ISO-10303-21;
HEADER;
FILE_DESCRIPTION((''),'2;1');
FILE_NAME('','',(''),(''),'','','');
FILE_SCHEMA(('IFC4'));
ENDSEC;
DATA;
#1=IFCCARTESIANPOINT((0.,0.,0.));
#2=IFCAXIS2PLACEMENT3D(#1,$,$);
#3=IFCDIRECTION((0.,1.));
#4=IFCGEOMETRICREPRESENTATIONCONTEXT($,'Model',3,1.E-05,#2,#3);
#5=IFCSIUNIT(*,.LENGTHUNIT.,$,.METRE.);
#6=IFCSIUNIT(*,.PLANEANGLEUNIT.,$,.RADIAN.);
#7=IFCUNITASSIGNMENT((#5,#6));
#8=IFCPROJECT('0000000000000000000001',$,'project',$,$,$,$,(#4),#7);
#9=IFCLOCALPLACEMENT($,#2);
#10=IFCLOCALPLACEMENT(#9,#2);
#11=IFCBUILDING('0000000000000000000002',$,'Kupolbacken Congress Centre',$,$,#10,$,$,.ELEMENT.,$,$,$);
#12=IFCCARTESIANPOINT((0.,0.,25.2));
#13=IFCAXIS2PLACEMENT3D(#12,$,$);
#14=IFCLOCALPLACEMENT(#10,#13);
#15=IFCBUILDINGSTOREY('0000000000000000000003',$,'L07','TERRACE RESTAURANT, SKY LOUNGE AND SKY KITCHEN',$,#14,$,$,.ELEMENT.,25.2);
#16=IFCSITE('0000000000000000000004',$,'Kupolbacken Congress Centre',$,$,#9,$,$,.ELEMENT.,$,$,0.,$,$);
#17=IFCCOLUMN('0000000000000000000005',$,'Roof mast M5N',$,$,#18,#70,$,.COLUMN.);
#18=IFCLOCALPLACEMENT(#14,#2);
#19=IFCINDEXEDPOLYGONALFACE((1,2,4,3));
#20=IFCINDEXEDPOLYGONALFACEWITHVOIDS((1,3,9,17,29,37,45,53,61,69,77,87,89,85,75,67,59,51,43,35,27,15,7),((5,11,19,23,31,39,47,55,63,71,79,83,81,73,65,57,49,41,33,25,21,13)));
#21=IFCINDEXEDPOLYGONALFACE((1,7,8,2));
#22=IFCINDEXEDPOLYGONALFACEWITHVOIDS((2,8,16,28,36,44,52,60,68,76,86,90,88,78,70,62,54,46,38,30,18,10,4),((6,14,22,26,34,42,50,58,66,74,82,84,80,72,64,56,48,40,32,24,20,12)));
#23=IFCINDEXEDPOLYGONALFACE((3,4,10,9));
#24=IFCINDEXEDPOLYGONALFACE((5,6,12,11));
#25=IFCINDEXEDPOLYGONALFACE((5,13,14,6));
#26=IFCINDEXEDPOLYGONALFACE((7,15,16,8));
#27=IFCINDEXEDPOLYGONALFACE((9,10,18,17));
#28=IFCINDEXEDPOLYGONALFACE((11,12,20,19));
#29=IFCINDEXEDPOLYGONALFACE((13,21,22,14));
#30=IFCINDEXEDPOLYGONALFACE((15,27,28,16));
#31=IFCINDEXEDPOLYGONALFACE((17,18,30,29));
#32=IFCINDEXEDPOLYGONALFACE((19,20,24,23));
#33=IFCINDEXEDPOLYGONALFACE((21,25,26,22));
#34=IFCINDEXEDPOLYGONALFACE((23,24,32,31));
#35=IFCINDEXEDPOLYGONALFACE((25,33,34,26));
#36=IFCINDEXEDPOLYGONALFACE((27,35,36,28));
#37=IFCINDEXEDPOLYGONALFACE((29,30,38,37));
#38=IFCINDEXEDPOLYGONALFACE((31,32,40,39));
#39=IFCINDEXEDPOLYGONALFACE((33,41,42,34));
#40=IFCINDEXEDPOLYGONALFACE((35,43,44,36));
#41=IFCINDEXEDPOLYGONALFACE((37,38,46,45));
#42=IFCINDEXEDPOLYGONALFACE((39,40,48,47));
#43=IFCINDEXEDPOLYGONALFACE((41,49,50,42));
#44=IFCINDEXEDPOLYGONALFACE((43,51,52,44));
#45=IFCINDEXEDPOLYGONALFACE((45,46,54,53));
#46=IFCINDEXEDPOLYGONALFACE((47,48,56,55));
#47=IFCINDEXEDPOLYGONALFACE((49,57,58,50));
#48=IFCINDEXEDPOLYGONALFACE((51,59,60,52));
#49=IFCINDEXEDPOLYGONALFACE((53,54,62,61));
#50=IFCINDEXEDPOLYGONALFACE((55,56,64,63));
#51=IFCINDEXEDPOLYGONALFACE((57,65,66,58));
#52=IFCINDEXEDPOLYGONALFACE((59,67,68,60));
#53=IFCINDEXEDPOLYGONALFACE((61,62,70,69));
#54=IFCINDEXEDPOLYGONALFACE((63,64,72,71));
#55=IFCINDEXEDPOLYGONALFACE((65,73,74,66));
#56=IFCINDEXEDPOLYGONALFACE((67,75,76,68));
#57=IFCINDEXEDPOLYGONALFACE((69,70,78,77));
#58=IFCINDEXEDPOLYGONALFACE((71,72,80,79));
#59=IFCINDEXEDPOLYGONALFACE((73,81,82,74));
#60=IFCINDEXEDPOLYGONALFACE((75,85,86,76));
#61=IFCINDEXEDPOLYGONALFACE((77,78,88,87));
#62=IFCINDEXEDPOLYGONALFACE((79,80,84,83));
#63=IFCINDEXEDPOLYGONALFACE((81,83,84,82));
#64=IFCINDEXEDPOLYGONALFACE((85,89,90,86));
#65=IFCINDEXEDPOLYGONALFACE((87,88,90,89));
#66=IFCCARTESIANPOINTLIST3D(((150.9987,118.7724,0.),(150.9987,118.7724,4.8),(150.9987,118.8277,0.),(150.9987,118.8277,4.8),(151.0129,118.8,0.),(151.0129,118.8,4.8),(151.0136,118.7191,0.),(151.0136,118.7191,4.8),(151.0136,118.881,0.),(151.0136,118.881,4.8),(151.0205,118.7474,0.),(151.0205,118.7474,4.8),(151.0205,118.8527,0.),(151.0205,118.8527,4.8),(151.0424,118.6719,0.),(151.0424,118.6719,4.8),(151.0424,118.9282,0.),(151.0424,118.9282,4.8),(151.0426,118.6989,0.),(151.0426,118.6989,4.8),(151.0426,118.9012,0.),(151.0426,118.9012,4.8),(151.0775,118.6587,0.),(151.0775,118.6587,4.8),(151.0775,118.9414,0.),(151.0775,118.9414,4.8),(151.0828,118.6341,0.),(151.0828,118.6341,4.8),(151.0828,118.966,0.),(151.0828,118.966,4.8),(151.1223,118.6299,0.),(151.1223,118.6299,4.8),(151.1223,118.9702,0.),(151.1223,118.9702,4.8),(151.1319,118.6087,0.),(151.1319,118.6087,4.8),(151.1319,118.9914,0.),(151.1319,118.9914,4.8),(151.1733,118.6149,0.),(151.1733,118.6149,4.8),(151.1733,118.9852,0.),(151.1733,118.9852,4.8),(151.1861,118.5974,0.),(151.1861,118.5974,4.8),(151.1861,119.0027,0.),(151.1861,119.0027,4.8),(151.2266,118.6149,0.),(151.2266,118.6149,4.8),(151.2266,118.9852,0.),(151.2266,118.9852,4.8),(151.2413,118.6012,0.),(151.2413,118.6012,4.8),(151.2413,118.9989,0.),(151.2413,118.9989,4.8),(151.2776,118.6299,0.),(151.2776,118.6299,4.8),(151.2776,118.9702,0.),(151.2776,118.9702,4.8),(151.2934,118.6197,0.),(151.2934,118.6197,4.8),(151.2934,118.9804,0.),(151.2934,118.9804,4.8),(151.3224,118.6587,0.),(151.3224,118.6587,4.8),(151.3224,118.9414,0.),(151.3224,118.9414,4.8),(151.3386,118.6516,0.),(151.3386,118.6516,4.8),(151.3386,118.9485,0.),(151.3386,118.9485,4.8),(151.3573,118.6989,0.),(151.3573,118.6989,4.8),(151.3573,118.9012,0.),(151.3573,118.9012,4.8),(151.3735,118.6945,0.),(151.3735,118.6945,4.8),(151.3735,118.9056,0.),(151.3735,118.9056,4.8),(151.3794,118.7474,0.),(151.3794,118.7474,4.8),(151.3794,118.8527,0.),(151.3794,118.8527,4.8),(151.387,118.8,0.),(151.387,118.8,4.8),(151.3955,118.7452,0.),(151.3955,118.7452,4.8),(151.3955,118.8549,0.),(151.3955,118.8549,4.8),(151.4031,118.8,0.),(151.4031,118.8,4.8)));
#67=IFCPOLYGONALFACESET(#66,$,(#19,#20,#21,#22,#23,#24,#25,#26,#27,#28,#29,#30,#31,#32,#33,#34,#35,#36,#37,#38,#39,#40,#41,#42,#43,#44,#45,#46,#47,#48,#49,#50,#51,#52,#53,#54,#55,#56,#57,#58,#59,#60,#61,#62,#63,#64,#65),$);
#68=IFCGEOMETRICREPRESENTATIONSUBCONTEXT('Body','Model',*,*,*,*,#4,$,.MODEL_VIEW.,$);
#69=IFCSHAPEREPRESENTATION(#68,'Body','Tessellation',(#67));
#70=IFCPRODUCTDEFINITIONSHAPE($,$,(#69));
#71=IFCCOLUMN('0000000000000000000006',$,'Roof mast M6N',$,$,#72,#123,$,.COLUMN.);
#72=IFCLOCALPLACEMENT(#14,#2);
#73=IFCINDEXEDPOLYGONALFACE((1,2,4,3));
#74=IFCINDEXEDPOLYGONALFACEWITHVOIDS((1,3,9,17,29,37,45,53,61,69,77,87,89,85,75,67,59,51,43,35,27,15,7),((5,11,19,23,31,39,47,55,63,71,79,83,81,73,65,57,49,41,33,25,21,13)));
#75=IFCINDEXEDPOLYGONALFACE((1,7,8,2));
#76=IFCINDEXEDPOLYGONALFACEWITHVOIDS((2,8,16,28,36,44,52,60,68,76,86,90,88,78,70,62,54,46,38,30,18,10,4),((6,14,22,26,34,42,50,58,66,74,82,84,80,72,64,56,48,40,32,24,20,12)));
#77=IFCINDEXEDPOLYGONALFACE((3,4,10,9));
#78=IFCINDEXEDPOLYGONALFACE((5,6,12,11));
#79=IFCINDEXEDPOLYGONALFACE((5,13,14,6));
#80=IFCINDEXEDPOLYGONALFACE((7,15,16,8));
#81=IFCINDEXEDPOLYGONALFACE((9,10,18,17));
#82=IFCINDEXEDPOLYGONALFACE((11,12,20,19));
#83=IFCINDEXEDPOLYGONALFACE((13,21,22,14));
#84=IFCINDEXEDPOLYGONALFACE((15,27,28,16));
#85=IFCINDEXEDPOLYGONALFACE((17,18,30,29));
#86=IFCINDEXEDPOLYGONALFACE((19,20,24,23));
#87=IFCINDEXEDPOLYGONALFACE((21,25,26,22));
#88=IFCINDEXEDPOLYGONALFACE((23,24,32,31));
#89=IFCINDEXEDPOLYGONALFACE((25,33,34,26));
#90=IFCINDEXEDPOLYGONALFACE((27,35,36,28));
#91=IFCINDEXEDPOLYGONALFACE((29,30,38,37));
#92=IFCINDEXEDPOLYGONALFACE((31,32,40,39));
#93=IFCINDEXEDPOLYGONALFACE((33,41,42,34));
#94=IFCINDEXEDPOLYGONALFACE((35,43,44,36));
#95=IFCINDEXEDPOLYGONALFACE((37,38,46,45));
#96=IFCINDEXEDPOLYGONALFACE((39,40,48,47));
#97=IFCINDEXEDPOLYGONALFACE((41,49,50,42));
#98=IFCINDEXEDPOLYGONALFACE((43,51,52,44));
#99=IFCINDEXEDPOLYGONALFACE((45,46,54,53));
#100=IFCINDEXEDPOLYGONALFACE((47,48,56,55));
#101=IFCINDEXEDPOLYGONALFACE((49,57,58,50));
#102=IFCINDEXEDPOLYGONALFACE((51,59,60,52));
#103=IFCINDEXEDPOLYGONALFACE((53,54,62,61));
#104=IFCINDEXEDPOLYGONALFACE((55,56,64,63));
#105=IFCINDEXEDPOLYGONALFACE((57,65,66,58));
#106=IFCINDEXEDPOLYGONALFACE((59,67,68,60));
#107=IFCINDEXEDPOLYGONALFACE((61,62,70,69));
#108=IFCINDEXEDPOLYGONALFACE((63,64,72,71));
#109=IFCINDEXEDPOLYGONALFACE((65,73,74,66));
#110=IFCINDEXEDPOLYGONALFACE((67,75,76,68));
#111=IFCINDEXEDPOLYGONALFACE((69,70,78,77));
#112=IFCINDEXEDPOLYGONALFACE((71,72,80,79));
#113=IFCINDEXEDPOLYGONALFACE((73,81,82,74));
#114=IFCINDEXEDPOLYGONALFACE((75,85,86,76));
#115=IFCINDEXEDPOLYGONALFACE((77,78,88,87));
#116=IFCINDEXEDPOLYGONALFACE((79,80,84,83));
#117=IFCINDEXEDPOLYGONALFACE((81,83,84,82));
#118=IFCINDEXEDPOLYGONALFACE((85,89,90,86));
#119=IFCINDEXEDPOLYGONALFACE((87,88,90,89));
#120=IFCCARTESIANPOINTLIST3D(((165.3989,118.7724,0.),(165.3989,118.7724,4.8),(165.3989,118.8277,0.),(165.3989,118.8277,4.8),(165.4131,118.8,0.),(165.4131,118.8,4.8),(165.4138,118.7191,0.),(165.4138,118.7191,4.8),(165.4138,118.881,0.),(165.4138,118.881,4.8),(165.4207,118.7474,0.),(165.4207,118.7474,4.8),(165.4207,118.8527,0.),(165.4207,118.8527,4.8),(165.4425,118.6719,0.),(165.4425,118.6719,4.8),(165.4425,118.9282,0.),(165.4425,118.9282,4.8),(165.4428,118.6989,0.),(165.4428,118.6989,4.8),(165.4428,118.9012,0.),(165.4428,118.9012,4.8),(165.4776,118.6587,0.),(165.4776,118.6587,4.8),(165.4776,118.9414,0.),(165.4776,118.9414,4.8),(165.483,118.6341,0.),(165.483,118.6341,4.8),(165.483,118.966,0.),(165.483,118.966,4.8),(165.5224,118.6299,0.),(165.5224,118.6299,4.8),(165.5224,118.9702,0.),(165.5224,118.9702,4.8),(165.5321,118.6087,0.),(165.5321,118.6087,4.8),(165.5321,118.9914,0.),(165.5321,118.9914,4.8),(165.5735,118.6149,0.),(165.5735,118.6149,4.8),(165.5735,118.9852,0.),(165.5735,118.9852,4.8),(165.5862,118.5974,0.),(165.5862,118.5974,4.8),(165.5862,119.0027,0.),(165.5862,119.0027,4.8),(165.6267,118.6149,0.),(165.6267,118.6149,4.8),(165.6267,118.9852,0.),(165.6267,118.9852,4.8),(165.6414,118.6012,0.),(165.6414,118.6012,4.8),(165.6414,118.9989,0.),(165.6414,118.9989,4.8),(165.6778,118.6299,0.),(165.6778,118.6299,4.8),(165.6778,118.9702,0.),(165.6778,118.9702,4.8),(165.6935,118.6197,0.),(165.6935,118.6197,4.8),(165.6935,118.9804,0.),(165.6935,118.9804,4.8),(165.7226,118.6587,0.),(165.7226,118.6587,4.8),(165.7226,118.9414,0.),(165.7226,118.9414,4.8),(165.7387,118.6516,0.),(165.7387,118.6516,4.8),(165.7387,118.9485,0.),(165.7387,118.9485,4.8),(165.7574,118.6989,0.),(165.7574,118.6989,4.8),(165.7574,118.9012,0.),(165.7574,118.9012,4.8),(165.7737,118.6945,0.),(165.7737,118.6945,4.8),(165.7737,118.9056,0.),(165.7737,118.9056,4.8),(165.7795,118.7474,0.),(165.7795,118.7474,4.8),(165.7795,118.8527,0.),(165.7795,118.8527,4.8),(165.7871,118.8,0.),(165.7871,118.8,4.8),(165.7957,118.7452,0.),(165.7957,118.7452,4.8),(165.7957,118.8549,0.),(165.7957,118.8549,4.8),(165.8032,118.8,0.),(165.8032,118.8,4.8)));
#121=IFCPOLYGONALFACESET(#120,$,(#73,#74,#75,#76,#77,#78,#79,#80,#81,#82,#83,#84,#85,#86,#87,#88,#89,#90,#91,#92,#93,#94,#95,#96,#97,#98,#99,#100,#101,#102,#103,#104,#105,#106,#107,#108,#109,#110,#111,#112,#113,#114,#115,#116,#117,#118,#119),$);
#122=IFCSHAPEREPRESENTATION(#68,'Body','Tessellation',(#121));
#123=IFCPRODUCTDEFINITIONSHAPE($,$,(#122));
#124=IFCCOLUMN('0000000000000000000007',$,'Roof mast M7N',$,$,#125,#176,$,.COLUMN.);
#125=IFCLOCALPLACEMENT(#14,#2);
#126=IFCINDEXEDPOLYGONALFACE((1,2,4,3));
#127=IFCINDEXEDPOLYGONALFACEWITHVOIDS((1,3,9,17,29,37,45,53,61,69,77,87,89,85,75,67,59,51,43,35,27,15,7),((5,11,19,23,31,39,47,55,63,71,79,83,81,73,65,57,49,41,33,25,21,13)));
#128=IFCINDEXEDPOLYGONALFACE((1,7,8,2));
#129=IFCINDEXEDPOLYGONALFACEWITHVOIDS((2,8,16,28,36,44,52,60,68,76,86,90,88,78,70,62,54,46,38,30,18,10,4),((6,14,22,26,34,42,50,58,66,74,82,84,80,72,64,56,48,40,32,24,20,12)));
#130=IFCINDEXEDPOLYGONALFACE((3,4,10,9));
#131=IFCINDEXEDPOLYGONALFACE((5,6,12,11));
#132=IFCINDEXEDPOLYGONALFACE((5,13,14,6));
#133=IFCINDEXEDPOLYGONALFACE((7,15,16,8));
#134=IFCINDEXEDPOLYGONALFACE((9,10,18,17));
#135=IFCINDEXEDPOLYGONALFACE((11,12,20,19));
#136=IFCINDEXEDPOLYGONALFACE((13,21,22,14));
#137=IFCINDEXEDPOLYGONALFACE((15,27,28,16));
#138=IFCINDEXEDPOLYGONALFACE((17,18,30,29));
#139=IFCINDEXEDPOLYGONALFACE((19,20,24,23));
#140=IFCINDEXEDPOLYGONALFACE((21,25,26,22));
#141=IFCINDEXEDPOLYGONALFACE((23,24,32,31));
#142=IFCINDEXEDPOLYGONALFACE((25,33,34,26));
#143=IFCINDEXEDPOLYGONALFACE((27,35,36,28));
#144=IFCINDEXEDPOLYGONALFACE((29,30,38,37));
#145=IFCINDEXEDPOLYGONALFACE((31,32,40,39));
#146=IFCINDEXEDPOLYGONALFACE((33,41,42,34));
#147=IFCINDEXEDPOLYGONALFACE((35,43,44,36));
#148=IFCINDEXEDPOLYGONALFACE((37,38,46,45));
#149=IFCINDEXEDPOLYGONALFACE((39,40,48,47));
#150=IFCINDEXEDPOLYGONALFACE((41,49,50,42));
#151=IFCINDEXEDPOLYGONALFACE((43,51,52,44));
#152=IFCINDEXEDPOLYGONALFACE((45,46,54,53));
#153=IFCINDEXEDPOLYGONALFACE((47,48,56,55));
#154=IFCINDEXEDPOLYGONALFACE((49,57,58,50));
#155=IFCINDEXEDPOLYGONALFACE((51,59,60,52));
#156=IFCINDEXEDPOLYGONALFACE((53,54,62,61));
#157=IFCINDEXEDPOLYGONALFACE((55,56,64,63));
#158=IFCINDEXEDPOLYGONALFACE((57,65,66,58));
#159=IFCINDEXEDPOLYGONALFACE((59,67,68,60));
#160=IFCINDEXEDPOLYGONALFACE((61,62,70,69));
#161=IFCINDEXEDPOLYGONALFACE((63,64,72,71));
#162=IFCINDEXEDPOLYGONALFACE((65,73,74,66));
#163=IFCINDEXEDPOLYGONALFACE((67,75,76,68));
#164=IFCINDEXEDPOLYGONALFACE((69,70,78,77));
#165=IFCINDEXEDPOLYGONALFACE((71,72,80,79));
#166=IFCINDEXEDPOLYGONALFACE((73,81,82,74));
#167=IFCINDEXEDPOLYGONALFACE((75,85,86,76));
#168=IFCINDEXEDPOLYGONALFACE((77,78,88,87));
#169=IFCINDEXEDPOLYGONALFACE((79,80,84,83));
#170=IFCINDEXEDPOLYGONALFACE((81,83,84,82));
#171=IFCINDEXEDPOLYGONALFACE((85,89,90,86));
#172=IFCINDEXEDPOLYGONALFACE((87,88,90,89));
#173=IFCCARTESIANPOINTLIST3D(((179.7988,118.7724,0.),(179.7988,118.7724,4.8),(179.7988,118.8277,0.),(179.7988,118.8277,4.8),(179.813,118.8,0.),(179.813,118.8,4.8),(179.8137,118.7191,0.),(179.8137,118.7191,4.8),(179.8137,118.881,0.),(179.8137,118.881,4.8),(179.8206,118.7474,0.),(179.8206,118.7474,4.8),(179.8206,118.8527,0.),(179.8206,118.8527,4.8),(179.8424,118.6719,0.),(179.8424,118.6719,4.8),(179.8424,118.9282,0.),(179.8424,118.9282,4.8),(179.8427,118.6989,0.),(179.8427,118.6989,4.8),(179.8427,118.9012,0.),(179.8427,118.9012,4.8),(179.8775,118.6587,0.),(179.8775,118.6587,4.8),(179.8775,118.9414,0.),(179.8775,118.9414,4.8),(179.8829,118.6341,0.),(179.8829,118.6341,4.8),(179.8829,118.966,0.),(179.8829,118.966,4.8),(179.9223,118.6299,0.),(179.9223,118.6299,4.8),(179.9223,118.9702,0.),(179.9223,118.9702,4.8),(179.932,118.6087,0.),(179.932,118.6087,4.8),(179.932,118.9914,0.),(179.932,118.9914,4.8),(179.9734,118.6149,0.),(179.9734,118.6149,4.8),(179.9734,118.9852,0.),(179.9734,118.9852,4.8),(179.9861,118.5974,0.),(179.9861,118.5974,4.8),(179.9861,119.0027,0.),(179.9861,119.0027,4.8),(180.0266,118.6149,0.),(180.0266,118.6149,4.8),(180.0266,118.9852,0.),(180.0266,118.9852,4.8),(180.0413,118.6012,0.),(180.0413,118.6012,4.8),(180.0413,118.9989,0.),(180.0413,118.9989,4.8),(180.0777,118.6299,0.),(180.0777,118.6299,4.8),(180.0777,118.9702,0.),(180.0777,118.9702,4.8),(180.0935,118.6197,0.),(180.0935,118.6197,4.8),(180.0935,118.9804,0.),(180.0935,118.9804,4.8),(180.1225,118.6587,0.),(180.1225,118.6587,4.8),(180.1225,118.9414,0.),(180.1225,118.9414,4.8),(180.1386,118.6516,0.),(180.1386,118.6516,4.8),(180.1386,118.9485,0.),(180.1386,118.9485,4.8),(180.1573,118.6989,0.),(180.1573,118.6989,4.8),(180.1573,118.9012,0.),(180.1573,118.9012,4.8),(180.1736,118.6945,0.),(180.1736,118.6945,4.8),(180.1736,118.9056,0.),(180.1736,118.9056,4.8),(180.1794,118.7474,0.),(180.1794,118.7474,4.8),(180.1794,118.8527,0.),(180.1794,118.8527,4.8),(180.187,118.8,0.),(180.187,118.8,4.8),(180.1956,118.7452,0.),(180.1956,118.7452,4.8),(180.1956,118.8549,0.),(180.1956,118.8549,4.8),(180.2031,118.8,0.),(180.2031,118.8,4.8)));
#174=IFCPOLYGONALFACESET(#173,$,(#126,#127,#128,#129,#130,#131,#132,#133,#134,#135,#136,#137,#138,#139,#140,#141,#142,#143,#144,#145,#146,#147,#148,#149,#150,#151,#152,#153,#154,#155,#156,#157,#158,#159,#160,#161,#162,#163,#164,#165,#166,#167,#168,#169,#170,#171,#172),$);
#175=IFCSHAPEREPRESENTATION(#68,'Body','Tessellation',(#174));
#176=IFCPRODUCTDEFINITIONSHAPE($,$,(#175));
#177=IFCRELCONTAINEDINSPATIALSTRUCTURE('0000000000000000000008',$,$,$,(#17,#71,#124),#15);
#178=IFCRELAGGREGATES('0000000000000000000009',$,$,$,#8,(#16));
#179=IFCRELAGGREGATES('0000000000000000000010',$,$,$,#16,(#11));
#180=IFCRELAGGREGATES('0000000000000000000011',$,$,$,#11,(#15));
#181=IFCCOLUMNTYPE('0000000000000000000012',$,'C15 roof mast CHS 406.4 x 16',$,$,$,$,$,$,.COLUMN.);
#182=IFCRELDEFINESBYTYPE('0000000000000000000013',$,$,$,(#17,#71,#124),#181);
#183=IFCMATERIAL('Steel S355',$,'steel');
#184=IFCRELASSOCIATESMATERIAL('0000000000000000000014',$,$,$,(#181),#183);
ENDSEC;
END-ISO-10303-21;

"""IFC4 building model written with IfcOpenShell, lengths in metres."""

from ifc_helpers import new_model, si_unit, direction, frame, origin, origin_2d, place, context, subcontext, project, spatial, hollow_circle, extrude, material, material_profile, profile_set, type_object, element, save


model = new_model("IFC4")

# Units and contexts
model_context = context("Model", 3, precision=1e-05, world=origin(), true_north=direction((0.0, 1.0)))
body_context = subcontext(model_context, "Body", "Model", "MODEL_VIEW")
ifc_project = project(units=[si_unit("LENGTHUNIT", "METRE"), si_unit("PLANEANGLEUNIT", "RADIAN")], contexts=[model_context])

# Site, building, storey
site_placement = place(None, origin())
site = spatial("IfcSite", under=ifc_project, at=site_placement, Name="Kupolbacken Congress Centre", CompositionType="ELEMENT", RefElevation=0.0)
building_placement = place(site_placement, origin())
building = spatial("IfcBuilding", under=site, at=building_placement, Name="Kupolbacken Congress Centre", CompositionType="ELEMENT")
storey_placement = place(building_placement, frame((0.0, 0.0, 25.2)))
storey = spatial("IfcBuildingStorey", under=building, at=storey_placement, Name="L07", Description="TERRACE RESTAURANT, SKY LOUNGE AND SKY KITCHEN", CompositionType="ELEMENT", Elevation=25.2)

# Columns
ifc_material_1 = material(Name="Steel S355", Category="steel")
ifc_material_profile_1 = material_profile(ifc_material_1, hollow_circle(Radius=0.2031, WallThickness=0.0161, at=origin_2d()), Name="CHS 406.4 x 16")
ifc_profile_set_1 = profile_set([ifc_material_profile_1], Name="Steel S355")
column_type = type_object("IfcColumnType", Name="C15 roof mast CHS 406.4 x 16", PredefinedType="COLUMN", material=ifc_profile_set_1)
for number, where, z_axis, x_axis, name in (
    (1, (151.2, 118.8, 0.0), (0.0, 0.0, 1.0), (1.0, 0.0, 0.0), "Roof mast M5N"),
    (2, (165.6001, 118.8, 0.0), (0.0, 0.0, 1.0), (1.0, 0.0, 0.0), "Roof mast M6N"),
    (3, (180.0, 118.8, 0.0), (0.0, 0.0, 1.0), (1.0, 0.0, 0.0), "Roof mast M7N"),
):
    element("IfcColumn", number, at=place(storey_placement, frame(where, z_axis=z_axis, x_axis=x_axis)), inside=storey, type_object=column_type, Name=name, PredefinedType="COLUMN", context=body_context, shape_type="SweptSolid", body=[
        extrude(hollow_circle(Radius=0.2031, WallThickness=0.0161, at=origin_2d()), origin(), (0.0, 0.0, 1.0), 4.8),
    ])

save(model, "model.ifc")
